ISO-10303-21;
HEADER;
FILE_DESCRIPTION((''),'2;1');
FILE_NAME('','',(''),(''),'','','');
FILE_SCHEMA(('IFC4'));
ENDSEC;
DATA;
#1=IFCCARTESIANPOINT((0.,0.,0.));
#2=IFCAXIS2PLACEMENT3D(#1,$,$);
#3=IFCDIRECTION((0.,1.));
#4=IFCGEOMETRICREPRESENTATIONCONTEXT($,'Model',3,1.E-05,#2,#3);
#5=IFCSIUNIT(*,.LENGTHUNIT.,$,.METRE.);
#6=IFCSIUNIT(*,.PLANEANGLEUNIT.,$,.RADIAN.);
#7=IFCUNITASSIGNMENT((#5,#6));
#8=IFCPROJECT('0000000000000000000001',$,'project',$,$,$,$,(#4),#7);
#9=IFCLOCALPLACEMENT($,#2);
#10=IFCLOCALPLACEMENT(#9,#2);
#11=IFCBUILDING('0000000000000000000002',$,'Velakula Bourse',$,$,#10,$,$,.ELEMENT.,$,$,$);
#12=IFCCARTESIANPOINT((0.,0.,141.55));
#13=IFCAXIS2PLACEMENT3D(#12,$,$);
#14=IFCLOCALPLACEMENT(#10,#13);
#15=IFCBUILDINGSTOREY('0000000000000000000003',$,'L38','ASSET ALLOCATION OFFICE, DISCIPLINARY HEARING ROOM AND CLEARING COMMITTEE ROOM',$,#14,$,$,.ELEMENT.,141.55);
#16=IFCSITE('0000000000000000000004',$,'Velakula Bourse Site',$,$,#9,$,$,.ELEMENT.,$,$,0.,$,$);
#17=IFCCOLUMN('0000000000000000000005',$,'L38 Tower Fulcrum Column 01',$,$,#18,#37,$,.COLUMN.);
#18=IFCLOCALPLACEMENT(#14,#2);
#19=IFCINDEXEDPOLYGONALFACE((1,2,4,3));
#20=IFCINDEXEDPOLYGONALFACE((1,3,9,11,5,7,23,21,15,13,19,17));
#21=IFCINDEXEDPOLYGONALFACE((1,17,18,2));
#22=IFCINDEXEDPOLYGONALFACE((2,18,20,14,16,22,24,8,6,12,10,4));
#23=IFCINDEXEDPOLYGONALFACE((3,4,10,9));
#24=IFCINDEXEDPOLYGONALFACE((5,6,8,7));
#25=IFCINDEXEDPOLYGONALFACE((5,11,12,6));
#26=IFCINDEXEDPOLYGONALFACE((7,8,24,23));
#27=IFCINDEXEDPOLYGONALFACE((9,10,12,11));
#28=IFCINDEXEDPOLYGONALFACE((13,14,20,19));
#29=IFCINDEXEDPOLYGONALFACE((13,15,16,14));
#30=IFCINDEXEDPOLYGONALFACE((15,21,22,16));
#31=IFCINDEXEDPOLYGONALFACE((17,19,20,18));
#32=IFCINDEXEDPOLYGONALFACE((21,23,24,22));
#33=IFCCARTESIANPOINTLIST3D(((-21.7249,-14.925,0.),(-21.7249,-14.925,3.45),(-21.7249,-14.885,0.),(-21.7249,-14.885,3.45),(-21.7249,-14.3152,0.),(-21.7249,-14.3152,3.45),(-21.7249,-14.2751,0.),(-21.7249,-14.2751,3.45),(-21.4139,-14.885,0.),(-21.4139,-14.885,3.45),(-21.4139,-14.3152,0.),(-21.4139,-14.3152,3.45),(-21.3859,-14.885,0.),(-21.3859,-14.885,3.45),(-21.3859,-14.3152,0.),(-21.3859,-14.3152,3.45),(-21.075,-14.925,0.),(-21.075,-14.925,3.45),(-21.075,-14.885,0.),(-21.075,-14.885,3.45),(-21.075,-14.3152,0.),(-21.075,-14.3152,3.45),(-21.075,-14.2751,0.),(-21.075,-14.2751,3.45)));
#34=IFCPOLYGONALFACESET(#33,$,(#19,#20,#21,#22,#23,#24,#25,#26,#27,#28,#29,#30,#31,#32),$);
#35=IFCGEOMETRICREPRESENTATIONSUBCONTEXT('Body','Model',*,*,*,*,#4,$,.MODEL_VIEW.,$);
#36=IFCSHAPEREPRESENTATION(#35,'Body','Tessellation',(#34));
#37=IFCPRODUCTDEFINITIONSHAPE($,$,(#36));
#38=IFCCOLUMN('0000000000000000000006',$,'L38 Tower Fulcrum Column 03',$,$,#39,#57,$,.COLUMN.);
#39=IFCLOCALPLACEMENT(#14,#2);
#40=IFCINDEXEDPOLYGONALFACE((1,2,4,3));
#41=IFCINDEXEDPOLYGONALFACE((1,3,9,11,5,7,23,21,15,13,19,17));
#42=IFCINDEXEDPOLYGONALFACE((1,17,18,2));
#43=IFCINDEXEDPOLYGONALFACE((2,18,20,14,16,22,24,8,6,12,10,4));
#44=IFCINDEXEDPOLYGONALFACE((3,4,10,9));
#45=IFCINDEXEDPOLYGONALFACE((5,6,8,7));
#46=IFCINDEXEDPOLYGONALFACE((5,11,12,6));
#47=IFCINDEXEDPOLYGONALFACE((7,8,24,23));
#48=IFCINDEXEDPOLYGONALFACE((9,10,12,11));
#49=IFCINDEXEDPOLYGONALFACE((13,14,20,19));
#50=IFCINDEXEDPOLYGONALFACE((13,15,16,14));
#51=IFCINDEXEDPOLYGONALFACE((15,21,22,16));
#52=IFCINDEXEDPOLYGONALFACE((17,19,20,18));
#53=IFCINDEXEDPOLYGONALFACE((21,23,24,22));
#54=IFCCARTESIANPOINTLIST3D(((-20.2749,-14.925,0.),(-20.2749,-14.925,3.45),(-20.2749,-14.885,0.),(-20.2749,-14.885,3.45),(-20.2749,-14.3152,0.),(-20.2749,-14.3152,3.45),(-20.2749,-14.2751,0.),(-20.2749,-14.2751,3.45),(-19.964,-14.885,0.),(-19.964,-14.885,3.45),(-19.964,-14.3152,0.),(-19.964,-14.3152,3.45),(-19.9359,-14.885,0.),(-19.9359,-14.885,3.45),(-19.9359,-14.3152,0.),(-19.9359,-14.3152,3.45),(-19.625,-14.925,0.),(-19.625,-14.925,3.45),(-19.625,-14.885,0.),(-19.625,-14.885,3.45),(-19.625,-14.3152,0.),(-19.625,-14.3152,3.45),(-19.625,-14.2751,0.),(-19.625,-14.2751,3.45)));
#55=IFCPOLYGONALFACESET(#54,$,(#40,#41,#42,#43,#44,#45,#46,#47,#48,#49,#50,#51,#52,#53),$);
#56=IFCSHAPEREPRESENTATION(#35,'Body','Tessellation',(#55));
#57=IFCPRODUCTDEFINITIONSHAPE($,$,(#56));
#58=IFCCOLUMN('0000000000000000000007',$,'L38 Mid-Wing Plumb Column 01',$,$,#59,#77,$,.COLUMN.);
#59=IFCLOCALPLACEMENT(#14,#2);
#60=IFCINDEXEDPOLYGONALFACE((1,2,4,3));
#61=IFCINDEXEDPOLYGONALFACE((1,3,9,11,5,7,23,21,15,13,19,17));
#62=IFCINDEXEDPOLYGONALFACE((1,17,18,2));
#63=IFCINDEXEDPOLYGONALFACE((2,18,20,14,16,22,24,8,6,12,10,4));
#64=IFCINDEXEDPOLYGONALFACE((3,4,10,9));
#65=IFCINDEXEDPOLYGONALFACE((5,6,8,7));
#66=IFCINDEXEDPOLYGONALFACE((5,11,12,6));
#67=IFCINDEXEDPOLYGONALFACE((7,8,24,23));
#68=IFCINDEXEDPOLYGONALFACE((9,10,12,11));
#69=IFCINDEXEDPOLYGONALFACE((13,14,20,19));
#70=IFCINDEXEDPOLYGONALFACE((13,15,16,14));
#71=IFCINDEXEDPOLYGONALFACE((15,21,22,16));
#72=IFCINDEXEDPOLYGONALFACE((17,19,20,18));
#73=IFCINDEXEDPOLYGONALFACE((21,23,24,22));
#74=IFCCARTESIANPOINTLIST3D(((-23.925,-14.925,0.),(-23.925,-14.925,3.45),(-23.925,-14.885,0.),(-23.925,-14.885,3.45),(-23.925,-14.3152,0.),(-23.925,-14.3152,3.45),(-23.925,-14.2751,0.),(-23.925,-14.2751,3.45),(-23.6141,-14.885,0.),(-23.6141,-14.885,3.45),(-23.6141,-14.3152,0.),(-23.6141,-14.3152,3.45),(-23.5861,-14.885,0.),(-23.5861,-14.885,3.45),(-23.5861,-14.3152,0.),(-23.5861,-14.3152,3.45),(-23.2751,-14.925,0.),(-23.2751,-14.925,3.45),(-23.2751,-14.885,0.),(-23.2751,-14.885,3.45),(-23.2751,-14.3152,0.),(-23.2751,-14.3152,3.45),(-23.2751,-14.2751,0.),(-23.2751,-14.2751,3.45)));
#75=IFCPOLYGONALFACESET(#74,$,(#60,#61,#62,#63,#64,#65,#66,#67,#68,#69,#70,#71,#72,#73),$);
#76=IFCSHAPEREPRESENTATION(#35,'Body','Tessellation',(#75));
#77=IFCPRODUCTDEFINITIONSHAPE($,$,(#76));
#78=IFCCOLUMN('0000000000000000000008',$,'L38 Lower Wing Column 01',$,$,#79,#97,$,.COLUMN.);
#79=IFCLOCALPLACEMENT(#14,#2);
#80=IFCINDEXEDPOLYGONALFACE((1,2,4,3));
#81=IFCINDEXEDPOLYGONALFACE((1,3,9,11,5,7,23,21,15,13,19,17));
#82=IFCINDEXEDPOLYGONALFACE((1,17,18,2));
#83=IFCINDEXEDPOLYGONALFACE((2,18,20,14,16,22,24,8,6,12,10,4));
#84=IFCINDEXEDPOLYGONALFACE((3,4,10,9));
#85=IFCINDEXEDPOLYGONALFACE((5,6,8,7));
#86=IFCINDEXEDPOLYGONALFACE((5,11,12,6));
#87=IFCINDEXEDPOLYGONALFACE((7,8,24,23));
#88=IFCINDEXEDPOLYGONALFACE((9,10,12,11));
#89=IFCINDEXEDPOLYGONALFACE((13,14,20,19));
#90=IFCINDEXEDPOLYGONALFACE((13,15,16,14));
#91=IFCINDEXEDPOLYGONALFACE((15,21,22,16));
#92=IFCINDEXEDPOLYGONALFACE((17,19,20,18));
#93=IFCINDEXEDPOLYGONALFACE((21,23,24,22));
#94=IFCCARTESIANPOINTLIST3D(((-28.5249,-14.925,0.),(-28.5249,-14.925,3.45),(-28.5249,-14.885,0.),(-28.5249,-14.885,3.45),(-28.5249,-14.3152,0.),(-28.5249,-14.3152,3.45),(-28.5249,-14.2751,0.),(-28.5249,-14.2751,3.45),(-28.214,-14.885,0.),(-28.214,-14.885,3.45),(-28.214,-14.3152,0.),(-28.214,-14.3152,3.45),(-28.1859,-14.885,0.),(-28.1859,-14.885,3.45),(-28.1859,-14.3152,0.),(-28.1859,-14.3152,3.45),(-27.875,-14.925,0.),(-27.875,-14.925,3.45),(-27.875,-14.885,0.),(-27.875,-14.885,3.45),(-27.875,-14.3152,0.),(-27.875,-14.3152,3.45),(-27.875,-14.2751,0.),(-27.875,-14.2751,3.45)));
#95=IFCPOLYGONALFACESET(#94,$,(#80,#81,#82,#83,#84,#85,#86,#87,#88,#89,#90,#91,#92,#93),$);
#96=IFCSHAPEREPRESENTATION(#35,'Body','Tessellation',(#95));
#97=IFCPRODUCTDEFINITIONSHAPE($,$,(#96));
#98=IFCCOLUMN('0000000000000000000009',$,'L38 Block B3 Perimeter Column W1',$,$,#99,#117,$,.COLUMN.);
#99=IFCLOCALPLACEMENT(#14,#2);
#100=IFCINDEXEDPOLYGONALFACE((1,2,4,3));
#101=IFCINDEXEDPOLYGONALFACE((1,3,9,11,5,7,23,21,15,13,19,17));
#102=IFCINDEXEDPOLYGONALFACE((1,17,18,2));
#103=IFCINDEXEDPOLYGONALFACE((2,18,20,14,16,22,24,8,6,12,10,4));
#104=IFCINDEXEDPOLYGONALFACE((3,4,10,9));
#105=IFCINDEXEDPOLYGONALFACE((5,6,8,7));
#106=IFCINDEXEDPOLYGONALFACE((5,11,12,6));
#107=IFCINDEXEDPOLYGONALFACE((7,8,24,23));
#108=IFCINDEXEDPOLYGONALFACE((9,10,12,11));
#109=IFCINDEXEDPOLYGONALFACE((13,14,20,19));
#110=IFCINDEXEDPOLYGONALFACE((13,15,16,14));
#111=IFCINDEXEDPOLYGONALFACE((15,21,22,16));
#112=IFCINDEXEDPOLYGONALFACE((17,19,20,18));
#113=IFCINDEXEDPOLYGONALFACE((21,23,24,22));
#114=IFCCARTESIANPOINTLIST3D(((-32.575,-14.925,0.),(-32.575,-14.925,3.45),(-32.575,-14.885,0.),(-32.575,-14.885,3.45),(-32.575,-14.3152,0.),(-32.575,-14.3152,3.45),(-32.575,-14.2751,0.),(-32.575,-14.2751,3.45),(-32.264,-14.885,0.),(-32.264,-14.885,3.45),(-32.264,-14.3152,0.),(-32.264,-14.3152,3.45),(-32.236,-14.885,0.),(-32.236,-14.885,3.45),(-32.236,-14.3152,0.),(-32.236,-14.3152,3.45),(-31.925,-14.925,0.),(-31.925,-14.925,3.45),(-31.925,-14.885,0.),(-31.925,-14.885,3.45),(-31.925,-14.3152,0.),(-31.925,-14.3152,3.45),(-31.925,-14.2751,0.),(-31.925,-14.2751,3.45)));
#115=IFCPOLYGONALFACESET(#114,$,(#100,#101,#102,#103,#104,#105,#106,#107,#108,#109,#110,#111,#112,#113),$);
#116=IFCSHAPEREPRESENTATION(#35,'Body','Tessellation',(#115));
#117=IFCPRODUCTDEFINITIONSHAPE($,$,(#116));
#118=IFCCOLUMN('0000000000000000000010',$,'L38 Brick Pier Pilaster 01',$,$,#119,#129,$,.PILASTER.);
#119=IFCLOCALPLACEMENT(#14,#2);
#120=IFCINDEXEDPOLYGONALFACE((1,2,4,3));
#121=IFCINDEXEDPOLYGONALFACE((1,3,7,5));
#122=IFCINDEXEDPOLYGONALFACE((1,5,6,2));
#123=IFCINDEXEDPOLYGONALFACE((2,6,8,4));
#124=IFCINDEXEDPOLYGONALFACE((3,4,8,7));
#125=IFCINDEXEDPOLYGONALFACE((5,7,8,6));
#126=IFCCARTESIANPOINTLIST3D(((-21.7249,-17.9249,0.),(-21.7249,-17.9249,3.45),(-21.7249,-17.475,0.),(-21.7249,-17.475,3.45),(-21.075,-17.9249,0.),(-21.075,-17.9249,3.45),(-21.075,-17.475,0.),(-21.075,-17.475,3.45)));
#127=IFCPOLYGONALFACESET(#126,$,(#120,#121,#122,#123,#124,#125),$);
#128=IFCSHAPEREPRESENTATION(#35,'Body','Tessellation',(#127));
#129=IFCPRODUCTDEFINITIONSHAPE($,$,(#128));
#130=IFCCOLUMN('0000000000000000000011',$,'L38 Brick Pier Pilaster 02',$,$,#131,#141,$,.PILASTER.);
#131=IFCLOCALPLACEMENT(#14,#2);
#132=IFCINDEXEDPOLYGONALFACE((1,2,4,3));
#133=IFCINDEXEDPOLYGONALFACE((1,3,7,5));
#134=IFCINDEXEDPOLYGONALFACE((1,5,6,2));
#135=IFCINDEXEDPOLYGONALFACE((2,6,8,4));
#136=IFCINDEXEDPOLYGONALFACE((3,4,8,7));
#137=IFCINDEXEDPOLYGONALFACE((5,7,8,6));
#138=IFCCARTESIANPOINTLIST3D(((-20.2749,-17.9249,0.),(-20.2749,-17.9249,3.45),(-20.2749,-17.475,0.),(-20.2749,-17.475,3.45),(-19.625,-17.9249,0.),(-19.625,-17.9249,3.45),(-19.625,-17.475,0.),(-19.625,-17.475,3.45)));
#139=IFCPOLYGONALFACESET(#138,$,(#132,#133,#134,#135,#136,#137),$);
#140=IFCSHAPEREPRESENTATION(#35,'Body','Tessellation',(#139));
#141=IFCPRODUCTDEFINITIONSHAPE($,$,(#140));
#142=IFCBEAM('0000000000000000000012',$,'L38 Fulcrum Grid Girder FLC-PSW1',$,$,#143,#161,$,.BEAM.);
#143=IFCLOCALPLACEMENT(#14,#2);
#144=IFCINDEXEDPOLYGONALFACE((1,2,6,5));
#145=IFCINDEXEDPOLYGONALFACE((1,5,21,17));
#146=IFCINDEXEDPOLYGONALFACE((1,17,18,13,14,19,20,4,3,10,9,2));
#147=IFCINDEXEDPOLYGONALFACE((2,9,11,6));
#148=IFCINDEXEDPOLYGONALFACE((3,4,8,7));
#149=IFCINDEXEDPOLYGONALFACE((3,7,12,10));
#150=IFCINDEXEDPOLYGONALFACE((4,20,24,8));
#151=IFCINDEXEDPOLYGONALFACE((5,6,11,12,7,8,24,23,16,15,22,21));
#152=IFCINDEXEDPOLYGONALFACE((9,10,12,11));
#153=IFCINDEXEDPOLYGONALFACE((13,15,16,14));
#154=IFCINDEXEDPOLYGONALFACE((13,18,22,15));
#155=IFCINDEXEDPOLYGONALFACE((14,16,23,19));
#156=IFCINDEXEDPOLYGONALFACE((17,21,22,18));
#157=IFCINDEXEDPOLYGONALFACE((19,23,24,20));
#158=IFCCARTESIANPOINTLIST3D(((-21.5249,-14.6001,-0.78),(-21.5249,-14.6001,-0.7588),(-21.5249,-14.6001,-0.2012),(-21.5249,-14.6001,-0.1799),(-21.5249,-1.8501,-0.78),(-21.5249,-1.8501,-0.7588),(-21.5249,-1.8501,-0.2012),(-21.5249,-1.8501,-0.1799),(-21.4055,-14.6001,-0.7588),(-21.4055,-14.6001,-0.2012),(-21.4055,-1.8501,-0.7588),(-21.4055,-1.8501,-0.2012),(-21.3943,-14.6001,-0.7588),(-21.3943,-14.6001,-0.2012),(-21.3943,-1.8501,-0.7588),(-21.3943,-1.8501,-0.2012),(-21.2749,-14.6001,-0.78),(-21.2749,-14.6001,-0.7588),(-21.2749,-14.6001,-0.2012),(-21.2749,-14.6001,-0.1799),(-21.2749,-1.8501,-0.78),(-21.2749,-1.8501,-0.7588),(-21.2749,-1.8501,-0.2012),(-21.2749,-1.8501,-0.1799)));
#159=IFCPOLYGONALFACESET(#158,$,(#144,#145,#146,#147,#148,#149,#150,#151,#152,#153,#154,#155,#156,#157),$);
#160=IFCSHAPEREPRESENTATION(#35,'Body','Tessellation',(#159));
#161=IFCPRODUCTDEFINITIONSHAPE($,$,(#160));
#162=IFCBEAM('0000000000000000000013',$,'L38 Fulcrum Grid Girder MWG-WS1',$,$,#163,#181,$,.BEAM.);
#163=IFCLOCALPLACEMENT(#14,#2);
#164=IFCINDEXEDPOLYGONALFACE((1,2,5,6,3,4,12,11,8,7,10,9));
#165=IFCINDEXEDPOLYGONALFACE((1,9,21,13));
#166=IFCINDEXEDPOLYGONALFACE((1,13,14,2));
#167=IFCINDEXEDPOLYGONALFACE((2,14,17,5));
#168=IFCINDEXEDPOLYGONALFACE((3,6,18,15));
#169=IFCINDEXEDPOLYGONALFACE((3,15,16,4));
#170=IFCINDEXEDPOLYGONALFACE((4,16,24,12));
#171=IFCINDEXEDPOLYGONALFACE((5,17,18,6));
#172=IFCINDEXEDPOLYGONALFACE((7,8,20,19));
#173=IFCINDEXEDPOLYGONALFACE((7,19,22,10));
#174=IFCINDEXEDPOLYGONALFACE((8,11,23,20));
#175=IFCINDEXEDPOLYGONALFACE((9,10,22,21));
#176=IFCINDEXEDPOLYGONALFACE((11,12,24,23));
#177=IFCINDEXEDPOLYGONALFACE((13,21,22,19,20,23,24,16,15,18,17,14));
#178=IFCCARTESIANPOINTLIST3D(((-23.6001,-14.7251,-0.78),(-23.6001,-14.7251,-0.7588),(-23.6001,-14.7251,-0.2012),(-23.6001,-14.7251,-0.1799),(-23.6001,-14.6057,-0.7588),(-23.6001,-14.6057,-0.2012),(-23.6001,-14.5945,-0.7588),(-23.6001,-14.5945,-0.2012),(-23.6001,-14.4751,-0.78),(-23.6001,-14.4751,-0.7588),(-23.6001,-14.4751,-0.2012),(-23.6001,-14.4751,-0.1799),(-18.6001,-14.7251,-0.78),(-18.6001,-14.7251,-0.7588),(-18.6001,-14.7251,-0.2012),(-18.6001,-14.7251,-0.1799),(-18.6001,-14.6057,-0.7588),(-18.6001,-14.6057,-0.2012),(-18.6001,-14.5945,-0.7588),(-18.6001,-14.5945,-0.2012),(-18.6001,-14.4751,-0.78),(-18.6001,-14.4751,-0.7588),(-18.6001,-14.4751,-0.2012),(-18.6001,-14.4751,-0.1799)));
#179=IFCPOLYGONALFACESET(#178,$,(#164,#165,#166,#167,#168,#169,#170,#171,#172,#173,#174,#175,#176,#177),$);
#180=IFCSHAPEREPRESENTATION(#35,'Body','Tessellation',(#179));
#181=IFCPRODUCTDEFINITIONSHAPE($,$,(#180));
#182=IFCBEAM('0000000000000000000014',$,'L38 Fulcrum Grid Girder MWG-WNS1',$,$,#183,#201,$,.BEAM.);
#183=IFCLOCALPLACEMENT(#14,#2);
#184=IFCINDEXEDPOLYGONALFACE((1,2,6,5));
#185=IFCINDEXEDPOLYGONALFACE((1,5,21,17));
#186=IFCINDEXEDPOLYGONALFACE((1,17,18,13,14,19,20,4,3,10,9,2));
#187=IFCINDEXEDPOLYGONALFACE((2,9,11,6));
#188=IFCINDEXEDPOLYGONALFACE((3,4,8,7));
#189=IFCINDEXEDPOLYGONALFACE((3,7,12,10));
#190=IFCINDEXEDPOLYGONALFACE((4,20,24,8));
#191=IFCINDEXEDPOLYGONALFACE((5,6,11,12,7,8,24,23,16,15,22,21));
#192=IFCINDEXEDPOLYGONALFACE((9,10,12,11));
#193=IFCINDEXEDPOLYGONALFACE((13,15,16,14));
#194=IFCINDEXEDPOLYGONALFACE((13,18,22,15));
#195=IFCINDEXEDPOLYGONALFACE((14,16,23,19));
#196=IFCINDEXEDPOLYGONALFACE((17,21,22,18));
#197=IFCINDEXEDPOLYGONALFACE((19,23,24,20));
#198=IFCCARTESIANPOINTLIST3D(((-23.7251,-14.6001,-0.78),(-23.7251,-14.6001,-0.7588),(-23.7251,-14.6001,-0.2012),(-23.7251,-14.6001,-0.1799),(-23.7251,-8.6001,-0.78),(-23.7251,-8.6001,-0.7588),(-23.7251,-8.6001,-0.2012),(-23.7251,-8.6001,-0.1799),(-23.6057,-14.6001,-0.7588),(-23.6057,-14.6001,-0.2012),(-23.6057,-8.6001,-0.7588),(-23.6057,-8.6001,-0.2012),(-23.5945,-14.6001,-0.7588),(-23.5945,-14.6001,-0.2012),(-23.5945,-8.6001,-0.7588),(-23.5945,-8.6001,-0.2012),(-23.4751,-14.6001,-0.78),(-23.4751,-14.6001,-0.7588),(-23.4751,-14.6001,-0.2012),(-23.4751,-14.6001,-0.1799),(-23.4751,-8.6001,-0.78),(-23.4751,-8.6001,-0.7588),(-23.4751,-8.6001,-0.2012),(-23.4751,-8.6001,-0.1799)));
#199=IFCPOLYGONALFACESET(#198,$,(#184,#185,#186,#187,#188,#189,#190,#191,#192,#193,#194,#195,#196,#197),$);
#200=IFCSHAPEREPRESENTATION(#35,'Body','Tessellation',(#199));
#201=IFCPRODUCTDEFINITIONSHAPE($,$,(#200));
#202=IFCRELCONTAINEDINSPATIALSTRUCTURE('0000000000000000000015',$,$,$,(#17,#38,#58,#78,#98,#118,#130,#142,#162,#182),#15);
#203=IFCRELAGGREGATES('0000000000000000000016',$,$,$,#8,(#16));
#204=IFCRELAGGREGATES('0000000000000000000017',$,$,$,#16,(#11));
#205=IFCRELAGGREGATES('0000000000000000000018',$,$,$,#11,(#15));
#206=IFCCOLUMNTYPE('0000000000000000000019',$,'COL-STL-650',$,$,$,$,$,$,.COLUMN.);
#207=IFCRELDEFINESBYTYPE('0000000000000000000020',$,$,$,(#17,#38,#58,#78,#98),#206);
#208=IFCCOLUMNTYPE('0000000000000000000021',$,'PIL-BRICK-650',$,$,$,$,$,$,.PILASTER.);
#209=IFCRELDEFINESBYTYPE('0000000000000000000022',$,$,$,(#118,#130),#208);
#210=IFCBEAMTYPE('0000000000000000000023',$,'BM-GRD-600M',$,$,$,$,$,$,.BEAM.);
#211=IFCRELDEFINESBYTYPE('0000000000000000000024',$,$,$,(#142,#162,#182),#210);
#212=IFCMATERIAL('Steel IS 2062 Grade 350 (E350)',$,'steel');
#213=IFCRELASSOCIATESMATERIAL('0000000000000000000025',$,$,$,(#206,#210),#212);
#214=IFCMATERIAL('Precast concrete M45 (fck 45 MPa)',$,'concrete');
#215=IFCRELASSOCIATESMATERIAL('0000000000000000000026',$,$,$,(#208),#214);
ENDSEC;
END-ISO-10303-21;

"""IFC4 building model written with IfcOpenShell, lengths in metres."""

from ifc_helpers import new_model, si_unit, direction, frame, origin, origin_2d, place, context, subcontext, project, spatial, rectangle, i_section, extrude, material, material_profile, profile_set, type_object, element, save


model = new_model("IFC4")

# Units and contexts
model_context = context("Model", 3, precision=1e-05, world=origin(), true_north=direction((0.0, 1.0)))
body_context = subcontext(model_context, "Body", "Model", "MODEL_VIEW")
ifc_project = project(units=[si_unit("LENGTHUNIT", "METRE"), si_unit("PLANEANGLEUNIT", "RADIAN")], contexts=[model_context])

# Site, building, storey
site_placement = place(None, origin())
site = spatial("IfcSite", under=ifc_project, at=site_placement, Name="Velakula Bourse Site", CompositionType="ELEMENT", RefElevation=0.0)
building_placement = place(site_placement, origin())
building = spatial("IfcBuilding", under=site, at=building_placement, Name="Velakula Bourse", CompositionType="ELEMENT")
storey_placement = place(building_placement, frame((0.0, 0.0, 141.55)))
storey = spatial("IfcBuildingStorey", under=building, at=storey_placement, Name="L38", Description="ASSET ALLOCATION OFFICE, DISCIPLINARY HEARING ROOM AND CLEARING COMMITTEE ROOM", CompositionType="ELEMENT", Elevation=141.55)

# Columns
ifc_material_1 = material(Name="Steel IS 2062 Grade 350 (E350)", Category="steel")
ifc_material_profile_1 = material_profile(ifc_material_1, i_section(OverallWidth=0.6499, OverallDepth=0.6499, WebThickness=0.0281, FlangeThickness=0.04, at=origin_2d()), Name="Steel IS 2062 Grade 350 (E350)")
ifc_profile_set_1 = profile_set([ifc_material_profile_1], Name="Steel IS 2062 Grade 350 (E350)")
column_type_1 = type_object("IfcColumnType", Name="COL-STL-650", PredefinedType="COLUMN", material=ifc_profile_set_1)
for number, where, z_axis, x_axis, name in (
    (1, (-21.3999, -14.6001, 0.0), (0.0, 0.0, 1.0), (1.0, 0.0, 0.0), "L38 Tower Fulcrum Column 01"),
    (2, (-19.95, -14.6001, 0.0), (0.0, 0.0, 1.0), (1.0, 0.0, 0.0), "L38 Tower Fulcrum Column 03"),
    (3, (-23.6001, -14.6001, 0.0), (0.0, 0.0, 1.0), (1.0, 0.0, 0.0), "L38 Mid-Wing Plumb Column 01"),
    (4, (-28.2, -14.6001, 0.0), (0.0, 0.0, 1.0), (1.0, 0.0, 0.0), "L38 Lower Wing Column 01"),
    (5, (-32.25, -14.6001, 0.0), (0.0, 0.0, 1.0), (1.0, 0.0, 0.0), "L38 Block B3 Perimeter Column W1"),
):
    element("IfcColumn", number, at=place(storey_placement, frame(where, z_axis=z_axis, x_axis=x_axis)), inside=storey, type_object=column_type_1, Name=name, PredefinedType="COLUMN", context=body_context, shape_type="SweptSolid", body=[
        extrude(i_section(OverallWidth=0.6499, OverallDepth=0.6499, WebThickness=0.0281, FlangeThickness=0.04, at=origin_2d()), origin(), (0.0, 0.0, 1.0), 3.45),
    ])
ifc_material_2 = material(Name="Precast concrete M45 (fck 45 MPa)", Category="concrete")
ifc_material_profile_2 = material_profile(ifc_material_2, rectangle(XDim=0.6499, YDim=0.45, at=origin_2d()), Name="Precast concrete M45 (fck 45 MPa)")
ifc_profile_set_2 = profile_set([ifc_material_profile_2], Name="Precast concrete M45 (fck 45 MPa)")
column_type_2 = type_object("IfcColumnType", Name="PIL-BRICK-650", PredefinedType="PILASTER", material=ifc_profile_set_2)
for number, where, z_axis, x_axis, name in (
    (6, (-21.3999, -17.7, 0.0), (0.0, 0.0, 1.0), (1.0, 0.0, 0.0), "L38 Brick Pier Pilaster 01"),
    (7, (-19.95, -17.7, 0.0), (0.0, 0.0, 1.0), (1.0, 0.0, 0.0), "L38 Brick Pier Pilaster 02"),
):
    element("IfcColumn", number, at=place(storey_placement, frame(where, z_axis=z_axis, x_axis=x_axis)), inside=storey, type_object=column_type_2, Name=name, PredefinedType="PILASTER", context=body_context, shape_type="SweptSolid", body=[
        extrude(rectangle(XDim=0.6499, YDim=0.45, at=origin_2d()), origin(), (0.0, 0.0, 1.0), 3.45),
    ])

# Beams
ifc_material_profile_3 = material_profile(ifc_material_1, i_section(OverallWidth=0.25, OverallDepth=0.6001, WebThickness=0.0112, FlangeThickness=0.0212, at=origin_2d()), Name="Steel IS 2062 Grade 350 (E350)")
ifc_profile_set_3 = profile_set([ifc_material_profile_3], Name="Steel IS 2062 Grade 350 (E350)")
beam_type_1 = type_object("IfcBeamType", Name="BM-GRD-600M", PredefinedType="BEAM", material=ifc_profile_set_3)
beam_1_placement = place(storey_placement, frame((-21.3999, -14.6001, -0.48), z_axis=(0.0, 1.0, 0.0), x_axis=(-1.0, 0.0, 0.0)))
element("IfcBeam", 8, at=beam_1_placement, inside=storey, type_object=beam_type_1, Name="L38 Fulcrum Grid Girder FLC-PSW1", PredefinedType="BEAM", context=body_context, shape_type="SweptSolid", body=[
    extrude(i_section(OverallWidth=0.25, OverallDepth=0.6001, WebThickness=0.0112, FlangeThickness=0.0212, at=origin_2d()), origin(), (0.0, 0.0, 1.0), 12.75),
])
beam_2_placement = place(storey_placement, frame((-23.6001, -14.6001, -0.48), z_axis=(1.0, 0.0, 0.0), x_axis=(0.0, 1.0, 0.0)))
element("IfcBeam", 9, at=beam_2_placement, inside=storey, type_object=beam_type_1, Name="L38 Fulcrum Grid Girder MWG-WS1", PredefinedType="BEAM", context=body_context, shape_type="SweptSolid", body=[
    extrude(i_section(OverallWidth=0.25, OverallDepth=0.6001, WebThickness=0.0112, FlangeThickness=0.0212, at=origin_2d()), origin(), (0.0, 0.0, 1.0), 5.0),
])
beam_3_placement = place(storey_placement, frame((-23.6001, -14.6001, -0.48), z_axis=(0.0, 1.0, 0.0), x_axis=(-1.0, 0.0, 0.0)))
element("IfcBeam", 10, at=beam_3_placement, inside=storey, type_object=beam_type_1, Name="L38 Fulcrum Grid Girder MWG-WNS1", PredefinedType="BEAM", context=body_context, shape_type="SweptSolid", body=[
    extrude(i_section(OverallWidth=0.25, OverallDepth=0.6001, WebThickness=0.0112, FlangeThickness=0.0212, at=origin_2d()), origin(), (0.0, 0.0, 1.0), 6.0),
])

save(model, "model.ifc")
